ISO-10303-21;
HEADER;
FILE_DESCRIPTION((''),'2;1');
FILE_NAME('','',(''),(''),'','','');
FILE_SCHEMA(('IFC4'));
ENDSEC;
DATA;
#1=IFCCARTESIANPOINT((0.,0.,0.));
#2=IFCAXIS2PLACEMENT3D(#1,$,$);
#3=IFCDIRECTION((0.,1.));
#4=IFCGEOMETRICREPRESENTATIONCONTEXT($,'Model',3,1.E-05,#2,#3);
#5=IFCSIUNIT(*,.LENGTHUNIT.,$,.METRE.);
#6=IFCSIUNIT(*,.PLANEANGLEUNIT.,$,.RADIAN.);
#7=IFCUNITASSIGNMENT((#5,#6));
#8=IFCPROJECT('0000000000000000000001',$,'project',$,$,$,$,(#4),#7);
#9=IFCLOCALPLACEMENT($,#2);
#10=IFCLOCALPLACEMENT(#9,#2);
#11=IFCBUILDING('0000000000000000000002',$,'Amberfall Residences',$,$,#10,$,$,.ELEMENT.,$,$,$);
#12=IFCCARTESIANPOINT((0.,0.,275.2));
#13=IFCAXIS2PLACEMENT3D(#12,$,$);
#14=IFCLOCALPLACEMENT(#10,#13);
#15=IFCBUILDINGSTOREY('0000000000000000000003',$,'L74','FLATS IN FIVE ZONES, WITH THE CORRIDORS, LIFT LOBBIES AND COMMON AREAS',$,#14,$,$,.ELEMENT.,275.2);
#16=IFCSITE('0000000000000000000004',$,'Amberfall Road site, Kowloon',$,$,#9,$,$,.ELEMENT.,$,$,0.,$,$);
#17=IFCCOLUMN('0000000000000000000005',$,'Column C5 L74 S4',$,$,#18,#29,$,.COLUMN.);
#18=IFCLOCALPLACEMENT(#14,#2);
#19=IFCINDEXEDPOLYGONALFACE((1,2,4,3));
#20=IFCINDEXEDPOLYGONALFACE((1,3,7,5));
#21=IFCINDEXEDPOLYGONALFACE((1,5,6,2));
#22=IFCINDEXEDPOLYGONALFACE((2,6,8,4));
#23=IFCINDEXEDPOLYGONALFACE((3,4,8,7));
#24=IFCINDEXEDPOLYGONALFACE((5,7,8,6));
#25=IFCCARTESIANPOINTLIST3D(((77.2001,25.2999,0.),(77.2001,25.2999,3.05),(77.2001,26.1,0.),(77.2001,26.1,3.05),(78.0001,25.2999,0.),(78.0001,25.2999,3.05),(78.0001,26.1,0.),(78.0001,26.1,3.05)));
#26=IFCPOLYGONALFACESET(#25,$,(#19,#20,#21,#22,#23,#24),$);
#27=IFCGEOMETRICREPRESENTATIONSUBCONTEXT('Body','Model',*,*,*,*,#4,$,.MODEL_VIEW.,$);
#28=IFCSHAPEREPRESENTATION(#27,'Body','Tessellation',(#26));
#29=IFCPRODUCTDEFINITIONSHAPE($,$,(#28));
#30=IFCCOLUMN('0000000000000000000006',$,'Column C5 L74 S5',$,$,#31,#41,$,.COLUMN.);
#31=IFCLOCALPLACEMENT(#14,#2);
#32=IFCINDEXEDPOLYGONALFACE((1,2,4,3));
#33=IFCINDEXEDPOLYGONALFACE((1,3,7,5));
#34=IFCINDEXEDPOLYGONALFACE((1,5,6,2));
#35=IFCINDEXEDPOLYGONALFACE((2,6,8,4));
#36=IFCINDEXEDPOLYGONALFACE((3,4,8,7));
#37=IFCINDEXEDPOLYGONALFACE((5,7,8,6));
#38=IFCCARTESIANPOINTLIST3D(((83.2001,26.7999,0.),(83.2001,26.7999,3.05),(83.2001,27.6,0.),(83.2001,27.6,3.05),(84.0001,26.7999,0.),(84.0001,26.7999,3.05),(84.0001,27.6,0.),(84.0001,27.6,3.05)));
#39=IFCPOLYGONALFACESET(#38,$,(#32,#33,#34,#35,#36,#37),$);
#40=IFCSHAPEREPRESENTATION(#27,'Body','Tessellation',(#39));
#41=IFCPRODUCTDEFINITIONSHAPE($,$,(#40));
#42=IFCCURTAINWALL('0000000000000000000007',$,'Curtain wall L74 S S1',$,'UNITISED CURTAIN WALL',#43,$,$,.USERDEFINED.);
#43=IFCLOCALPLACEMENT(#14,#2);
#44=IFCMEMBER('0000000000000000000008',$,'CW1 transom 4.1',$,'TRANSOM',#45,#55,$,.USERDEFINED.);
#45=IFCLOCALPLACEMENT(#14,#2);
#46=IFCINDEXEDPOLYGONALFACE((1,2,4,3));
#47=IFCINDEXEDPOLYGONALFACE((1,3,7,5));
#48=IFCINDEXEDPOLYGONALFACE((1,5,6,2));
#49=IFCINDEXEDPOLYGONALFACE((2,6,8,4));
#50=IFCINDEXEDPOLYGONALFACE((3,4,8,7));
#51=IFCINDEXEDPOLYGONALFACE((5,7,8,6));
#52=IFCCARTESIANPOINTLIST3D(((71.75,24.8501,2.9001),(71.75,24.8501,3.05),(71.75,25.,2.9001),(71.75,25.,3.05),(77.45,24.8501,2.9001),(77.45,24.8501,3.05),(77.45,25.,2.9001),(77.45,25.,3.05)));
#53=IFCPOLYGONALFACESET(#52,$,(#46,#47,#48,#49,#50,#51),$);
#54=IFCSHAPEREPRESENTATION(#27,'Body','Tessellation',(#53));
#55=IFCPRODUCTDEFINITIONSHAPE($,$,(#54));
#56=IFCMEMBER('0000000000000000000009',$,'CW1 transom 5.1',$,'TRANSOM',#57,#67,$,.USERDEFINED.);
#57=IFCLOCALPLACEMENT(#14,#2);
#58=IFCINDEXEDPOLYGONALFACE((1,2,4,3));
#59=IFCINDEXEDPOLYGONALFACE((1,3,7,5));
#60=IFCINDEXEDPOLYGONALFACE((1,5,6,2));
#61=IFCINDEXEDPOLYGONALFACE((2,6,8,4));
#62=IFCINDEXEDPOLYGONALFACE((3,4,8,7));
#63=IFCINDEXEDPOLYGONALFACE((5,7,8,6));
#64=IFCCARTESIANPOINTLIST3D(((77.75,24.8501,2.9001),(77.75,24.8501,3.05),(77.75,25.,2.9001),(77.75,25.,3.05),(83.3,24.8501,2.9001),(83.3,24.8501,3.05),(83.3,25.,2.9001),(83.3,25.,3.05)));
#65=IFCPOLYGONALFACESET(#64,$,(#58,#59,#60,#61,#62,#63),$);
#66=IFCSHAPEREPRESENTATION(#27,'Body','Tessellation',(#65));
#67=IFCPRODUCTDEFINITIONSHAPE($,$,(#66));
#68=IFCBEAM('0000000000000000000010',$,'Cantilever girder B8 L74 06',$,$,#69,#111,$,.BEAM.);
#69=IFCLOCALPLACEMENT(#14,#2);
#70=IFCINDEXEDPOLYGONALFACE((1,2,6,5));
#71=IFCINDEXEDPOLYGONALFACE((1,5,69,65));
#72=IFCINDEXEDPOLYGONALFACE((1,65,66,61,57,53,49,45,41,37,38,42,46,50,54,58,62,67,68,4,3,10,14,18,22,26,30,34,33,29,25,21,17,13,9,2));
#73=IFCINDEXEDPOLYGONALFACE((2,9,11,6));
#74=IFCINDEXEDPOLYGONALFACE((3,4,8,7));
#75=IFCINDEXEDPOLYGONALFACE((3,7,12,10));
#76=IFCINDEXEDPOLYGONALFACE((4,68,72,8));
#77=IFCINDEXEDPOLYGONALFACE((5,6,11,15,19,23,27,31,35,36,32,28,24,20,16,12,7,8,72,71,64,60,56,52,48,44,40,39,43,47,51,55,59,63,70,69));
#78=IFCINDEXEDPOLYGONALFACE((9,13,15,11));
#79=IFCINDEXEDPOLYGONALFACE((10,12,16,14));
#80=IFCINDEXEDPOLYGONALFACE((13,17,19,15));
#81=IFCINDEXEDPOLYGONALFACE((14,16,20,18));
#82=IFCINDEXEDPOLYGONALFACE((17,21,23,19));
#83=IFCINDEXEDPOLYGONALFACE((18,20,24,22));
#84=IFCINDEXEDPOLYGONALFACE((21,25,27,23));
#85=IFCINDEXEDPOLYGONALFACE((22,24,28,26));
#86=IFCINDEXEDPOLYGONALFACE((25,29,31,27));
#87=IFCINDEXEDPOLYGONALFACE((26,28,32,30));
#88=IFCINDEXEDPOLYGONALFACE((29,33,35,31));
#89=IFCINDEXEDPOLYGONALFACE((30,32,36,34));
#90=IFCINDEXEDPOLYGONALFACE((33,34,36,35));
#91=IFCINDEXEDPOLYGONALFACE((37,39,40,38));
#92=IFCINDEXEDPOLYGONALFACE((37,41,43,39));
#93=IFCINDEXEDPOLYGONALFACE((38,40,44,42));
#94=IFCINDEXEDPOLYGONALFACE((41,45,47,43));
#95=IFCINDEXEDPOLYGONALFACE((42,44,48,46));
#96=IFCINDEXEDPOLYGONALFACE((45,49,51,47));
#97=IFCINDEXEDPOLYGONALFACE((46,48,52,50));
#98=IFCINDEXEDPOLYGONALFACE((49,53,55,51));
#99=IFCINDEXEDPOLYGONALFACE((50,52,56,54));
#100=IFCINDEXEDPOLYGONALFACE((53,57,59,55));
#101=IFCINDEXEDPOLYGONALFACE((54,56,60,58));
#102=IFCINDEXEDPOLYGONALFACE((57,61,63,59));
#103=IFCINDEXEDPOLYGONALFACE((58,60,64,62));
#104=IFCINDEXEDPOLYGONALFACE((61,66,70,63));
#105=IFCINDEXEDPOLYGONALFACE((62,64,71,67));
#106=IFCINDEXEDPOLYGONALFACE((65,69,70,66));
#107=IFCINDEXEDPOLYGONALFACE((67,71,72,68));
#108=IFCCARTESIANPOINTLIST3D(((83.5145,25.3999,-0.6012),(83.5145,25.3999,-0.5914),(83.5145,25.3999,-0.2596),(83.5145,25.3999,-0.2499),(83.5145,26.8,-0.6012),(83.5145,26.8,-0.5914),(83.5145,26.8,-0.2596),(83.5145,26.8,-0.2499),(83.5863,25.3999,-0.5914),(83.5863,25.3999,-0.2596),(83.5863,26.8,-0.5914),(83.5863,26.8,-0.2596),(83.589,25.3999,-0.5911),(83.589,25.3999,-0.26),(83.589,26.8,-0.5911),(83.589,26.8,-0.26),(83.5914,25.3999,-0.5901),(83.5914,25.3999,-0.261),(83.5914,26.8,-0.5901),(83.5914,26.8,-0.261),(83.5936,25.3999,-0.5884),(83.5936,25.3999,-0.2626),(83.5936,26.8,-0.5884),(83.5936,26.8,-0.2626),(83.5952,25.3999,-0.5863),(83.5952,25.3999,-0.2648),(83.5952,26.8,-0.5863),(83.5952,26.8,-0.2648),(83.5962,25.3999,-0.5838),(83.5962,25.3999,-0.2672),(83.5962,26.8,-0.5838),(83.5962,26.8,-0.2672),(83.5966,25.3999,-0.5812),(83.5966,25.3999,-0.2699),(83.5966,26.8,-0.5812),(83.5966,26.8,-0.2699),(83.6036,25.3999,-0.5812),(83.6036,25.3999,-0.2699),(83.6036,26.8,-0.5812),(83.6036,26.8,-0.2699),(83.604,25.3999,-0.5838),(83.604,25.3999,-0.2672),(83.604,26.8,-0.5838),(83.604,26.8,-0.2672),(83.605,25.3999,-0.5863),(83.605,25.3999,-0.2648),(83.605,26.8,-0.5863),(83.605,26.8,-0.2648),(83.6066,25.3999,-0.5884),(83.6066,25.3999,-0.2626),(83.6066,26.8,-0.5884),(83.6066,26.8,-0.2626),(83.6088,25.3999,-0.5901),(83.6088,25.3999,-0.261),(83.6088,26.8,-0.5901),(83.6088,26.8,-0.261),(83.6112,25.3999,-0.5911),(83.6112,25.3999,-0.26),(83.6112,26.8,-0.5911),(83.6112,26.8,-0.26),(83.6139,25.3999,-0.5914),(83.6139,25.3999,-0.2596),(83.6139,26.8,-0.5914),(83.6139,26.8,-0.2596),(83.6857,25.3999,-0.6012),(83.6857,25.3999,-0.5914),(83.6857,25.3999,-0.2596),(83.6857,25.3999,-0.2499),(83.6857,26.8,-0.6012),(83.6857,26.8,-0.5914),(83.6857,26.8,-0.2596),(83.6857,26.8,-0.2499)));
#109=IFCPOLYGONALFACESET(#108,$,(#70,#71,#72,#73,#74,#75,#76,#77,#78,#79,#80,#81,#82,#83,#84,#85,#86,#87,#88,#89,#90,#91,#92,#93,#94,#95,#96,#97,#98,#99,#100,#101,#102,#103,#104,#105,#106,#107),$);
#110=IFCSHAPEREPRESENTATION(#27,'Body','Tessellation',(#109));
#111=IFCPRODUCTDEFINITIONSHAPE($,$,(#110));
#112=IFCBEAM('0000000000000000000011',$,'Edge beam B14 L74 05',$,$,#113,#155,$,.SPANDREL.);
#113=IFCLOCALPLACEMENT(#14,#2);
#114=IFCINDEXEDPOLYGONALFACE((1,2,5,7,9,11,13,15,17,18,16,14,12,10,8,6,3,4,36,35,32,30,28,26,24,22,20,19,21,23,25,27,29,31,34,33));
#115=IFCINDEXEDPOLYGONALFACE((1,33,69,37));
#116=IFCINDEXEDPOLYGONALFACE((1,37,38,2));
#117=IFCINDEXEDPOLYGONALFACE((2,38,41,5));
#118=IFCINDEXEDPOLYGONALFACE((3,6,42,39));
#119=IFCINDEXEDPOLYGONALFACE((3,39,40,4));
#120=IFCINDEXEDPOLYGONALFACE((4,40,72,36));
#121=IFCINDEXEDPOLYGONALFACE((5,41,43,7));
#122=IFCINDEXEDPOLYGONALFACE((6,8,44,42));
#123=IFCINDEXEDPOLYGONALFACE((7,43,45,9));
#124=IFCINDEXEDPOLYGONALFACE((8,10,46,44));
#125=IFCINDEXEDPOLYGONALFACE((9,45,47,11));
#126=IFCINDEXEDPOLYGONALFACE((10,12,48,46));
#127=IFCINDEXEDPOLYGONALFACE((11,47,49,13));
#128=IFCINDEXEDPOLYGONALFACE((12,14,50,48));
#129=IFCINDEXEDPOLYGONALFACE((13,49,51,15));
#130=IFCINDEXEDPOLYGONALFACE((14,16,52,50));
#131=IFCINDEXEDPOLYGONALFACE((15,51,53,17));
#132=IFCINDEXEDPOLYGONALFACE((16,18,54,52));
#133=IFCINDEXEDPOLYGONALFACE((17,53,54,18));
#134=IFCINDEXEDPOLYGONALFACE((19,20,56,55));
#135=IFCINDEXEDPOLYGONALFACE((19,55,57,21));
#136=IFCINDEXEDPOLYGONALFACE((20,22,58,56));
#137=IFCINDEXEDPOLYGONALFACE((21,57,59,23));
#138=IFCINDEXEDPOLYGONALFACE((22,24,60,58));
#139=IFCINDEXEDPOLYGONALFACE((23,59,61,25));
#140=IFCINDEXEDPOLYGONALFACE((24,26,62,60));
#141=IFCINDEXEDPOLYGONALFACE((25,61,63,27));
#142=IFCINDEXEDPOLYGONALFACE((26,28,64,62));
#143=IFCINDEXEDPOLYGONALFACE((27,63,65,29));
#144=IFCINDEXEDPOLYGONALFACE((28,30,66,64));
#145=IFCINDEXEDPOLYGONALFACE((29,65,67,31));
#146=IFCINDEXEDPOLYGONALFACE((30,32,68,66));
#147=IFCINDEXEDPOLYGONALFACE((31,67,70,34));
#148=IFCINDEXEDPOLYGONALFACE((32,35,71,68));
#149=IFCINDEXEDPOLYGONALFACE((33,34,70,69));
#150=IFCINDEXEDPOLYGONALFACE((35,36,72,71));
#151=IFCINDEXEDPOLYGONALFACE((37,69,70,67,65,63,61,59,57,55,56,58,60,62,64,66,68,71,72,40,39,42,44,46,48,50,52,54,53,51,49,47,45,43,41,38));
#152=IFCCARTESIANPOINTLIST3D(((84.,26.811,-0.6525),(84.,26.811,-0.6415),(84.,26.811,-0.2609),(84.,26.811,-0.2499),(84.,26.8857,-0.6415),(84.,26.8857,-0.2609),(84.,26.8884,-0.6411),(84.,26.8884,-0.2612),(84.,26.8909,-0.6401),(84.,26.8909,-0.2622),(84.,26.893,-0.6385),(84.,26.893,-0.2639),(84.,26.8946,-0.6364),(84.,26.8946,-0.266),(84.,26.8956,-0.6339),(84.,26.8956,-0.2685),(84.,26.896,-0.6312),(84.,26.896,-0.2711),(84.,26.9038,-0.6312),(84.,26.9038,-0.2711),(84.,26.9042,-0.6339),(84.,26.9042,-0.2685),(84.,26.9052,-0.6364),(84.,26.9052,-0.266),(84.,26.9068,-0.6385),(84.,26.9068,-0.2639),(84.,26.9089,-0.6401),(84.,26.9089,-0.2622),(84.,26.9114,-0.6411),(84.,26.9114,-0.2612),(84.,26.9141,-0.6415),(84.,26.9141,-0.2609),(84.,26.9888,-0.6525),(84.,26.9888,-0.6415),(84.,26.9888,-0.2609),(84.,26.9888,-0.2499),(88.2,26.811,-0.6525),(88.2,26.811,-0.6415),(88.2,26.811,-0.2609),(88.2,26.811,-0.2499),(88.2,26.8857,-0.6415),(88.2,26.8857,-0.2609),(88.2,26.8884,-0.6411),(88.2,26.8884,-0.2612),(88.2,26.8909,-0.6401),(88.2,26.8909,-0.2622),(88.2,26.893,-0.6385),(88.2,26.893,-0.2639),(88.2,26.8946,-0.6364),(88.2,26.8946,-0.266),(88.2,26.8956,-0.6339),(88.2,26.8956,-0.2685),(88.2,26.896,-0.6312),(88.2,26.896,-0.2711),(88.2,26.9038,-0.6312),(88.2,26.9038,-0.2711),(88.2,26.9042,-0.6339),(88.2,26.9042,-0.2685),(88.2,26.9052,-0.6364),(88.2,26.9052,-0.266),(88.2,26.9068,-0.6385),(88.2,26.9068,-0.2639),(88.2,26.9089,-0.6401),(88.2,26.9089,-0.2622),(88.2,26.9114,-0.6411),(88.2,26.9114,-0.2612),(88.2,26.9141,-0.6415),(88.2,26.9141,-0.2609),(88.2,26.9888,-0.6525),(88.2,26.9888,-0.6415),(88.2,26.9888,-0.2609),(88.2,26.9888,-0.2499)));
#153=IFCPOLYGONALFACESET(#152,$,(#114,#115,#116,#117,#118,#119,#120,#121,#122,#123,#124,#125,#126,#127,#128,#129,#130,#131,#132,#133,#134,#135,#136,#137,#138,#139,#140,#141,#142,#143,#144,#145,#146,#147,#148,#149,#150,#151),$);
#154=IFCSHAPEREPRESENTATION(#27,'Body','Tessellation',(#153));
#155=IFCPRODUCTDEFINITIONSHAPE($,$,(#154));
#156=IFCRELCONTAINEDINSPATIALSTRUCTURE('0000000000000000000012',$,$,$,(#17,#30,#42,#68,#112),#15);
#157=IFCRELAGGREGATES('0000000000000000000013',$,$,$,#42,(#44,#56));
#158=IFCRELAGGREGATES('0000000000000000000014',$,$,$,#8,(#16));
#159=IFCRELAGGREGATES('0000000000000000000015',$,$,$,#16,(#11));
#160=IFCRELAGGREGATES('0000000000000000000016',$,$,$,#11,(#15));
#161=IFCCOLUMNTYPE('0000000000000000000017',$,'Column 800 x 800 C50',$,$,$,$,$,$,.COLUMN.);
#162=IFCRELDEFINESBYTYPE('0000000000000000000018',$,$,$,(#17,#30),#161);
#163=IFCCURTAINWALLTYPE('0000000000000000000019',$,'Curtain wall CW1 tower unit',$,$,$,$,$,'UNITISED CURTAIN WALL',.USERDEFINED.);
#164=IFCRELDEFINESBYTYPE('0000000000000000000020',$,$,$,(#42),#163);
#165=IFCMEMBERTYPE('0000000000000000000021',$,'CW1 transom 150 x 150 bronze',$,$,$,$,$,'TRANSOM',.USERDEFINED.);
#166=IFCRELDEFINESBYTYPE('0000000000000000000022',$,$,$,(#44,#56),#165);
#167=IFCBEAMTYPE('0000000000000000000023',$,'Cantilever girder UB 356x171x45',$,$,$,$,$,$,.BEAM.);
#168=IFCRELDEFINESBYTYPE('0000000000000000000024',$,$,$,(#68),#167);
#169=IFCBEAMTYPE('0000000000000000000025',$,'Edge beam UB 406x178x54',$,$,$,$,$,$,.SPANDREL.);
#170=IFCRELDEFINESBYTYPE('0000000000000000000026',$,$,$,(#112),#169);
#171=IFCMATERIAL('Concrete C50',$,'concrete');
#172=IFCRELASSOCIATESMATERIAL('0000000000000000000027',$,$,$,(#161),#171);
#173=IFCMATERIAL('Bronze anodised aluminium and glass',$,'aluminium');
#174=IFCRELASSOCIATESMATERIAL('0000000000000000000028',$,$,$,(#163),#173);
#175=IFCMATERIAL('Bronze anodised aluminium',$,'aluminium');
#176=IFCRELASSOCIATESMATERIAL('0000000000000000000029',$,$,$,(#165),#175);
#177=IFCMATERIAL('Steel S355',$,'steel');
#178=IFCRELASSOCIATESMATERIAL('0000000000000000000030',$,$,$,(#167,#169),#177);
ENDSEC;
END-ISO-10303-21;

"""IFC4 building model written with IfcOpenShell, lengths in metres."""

from ifc_helpers import new_model, si_unit, direction, frame, origin, origin_2d, place, context, subcontext, project, spatial, rectangle, i_section, extrude, material, material_profile, profile_set, type_object, element, aggregate, save


model = new_model("IFC4")

# Units and contexts
model_context = context("Model", 3, precision=1e-05, world=origin(), true_north=direction((0.0, 1.0)))
body_context = subcontext(model_context, "Body", "Model", "MODEL_VIEW")
ifc_project = project(units=[si_unit("LENGTHUNIT", "METRE"), si_unit("PLANEANGLEUNIT", "RADIAN")], contexts=[model_context])

# Site, building, storey
site_placement = place(None, origin())
site = spatial("IfcSite", under=ifc_project, at=site_placement, Name="Amberfall Road site, Kowloon", CompositionType="ELEMENT", RefElevation=0.0)
building_placement = place(site_placement, origin())
building = spatial("IfcBuilding", under=site, at=building_placement, Name="Amberfall Residences", CompositionType="ELEMENT")
storey_placement = place(building_placement, frame((0.0, 0.0, 275.2)))
storey = spatial("IfcBuildingStorey", under=building, at=storey_placement, Name="L74", Description="FLATS IN FIVE ZONES, WITH THE CORRIDORS, LIFT LOBBIES AND COMMON AREAS", CompositionType="ELEMENT", Elevation=275.2)

# Columns
ifc_material_1 = material(Name="Concrete C50", Category="concrete")
ifc_material_profile_1 = material_profile(ifc_material_1, rectangle(XDim=0.8, YDim=0.8, at=origin_2d()), Name="Column 800 x 800 C50")
ifc_profile_set_1 = profile_set([ifc_material_profile_1], Name="Concrete C50")
column_type = type_object("IfcColumnType", Name="Column 800 x 800 C50", PredefinedType="COLUMN", material=ifc_profile_set_1)
for number, where, z_axis, x_axis, name in (
    (1, (77.6001, 25.7, 0.0), (0.0, 0.0, 1.0), (1.0, 0.0, 0.0), "Column C5 L74 S4"),
    (2, (83.6001, 27.2, 0.0), (0.0, 0.0, 1.0), (1.0, 0.0, 0.0), "Column C5 L74 S5"),
):
    element("IfcColumn", number, at=place(storey_placement, frame(where, z_axis=z_axis, x_axis=x_axis)), inside=storey, type_object=column_type, Name=name, PredefinedType="COLUMN", context=body_context, shape_type="SweptSolid", body=[
        extrude(rectangle(XDim=0.8, YDim=0.8, at=origin_2d()), origin(), (0.0, 0.0, 1.0), 3.05),
    ])

# Curtain wall, members
ifc_material_2 = material(Name="Bronze anodised aluminium and glass", Category="aluminium")
curtain_wall_type = type_object("IfcCurtainWallType", Name="Curtain wall CW1 tower unit", ElementType="UNITISED CURTAIN WALL", PredefinedType="USERDEFINED", material=ifc_material_2)
curtain_wall_placement = place(storey_placement, origin())
curtain_wall = element("IfcCurtainWall", 3, at=curtain_wall_placement, inside=storey, type_object=curtain_wall_type, Name="Curtain wall L74 S S1", ObjectType="UNITISED CURTAIN WALL", PredefinedType="USERDEFINED")
ifc_material_3 = material(Name="Bronze anodised aluminium", Category="aluminium")
ifc_material_profile_2 = material_profile(ifc_material_3, rectangle(XDim=0.1499, YDim=0.1499, at=origin_2d()), Name="CW1 transom 150 x 150 bronze")
ifc_profile_set_2 = profile_set([ifc_material_profile_2], Name="Bronze anodised aluminium")
member_type_1 = type_object("IfcMemberType", Name="CW1 transom 150 x 150 bronze", ElementType="TRANSOM", PredefinedType="USERDEFINED", material=ifc_profile_set_2)
member_1_placement = place(storey_placement, frame((71.75, 24.925, 2.9751), z_axis=(1.0, 0.0, 0.0), x_axis=(0.0, 1.0, 0.0)))
member_1 = element("IfcMember", 4, at=member_1_placement, type_object=member_type_1, Name="CW1 transom 4.1", ObjectType="TRANSOM", PredefinedType="USERDEFINED", context=body_context, shape_type="SweptSolid", body=[
    extrude(rectangle(XDim=0.1499, YDim=0.1499, at=origin_2d()), origin(), (0.0, 0.0, 1.0), 5.7),
])
member_2_placement = place(storey_placement, frame((77.75, 24.925, 2.9751), z_axis=(1.0, 0.0, 0.0), x_axis=(0.0, 1.0, 0.0)))
member_2 = element("IfcMember", 5, at=member_2_placement, type_object=member_type_1, Name="CW1 transom 5.1", ObjectType="TRANSOM", PredefinedType="USERDEFINED", context=body_context, shape_type="SweptSolid", body=[
    extrude(rectangle(XDim=0.1499, YDim=0.1499, at=origin_2d()), origin(), (0.0, 0.0, 1.0), 5.55),
])

# Beams
ifc_material_4 = material(Name="Steel S355", Category="steel")
ifc_material_profile_3 = material_profile(ifc_material_4, i_section(OverallWidth=0.1711, OverallDepth=0.3513, WebThickness=0.0071, FlangeThickness=0.0098, FilletRadius=0.0103, at=origin_2d()), Name="UB 356x171x45")
ifc_profile_set_3 = profile_set([ifc_material_profile_3], Name="Steel S355")
beam_type_1 = type_object("IfcBeamType", Name="Cantilever girder UB 356x171x45", PredefinedType="BEAM", material=ifc_profile_set_3)
beam_1_placement = place(storey_placement, frame((83.6001, 26.8, -0.4255), z_axis=(0.0, -1.0, 0.0), x_axis=(1.0, 0.0, 0.0)))
element("IfcBeam", 6, at=beam_1_placement, inside=storey, type_object=beam_type_1, Name="Cantilever girder B8 L74 06", PredefinedType="BEAM", context=body_context, shape_type="SweptSolid", body=[
    extrude(i_section(OverallWidth=0.1711, OverallDepth=0.3513, WebThickness=0.0071, FlangeThickness=0.0098, FilletRadius=0.0103, at=origin_2d()), origin(), (0.0, 0.0, 1.0), 1.4001),
])
ifc_material_profile_4 = material_profile(ifc_material_4, i_section(OverallWidth=0.1777, OverallDepth=0.4026, WebThickness=0.0078, FlangeThickness=0.011, FilletRadius=0.0103, at=origin_2d()), Name="UB 406x178x54")
ifc_profile_set_4 = profile_set([ifc_material_profile_4], Name="Steel S355")
beam_type_2 = type_object("IfcBeamType", Name="Edge beam UB 406x178x54", PredefinedType="SPANDREL", material=ifc_profile_set_4)
beam_2_placement = place(storey_placement, frame((84.0, 26.8999, -0.4512), z_axis=(1.0, 0.0, 0.0), x_axis=(0.0, 1.0, 0.0)))
element("IfcBeam", 7, at=beam_2_placement, inside=storey, type_object=beam_type_2, Name="Edge beam B14 L74 05", PredefinedType="SPANDREL", context=body_context, shape_type="SweptSolid", body=[
    extrude(i_section(OverallWidth=0.1777, OverallDepth=0.4026, WebThickness=0.0078, FlangeThickness=0.011, FilletRadius=0.0103, at=origin_2d()), origin(), (0.0, 0.0, 1.0), 4.2),
])

aggregate(curtain_wall, [member_1, member_2])

save(model, "model.ifc")
